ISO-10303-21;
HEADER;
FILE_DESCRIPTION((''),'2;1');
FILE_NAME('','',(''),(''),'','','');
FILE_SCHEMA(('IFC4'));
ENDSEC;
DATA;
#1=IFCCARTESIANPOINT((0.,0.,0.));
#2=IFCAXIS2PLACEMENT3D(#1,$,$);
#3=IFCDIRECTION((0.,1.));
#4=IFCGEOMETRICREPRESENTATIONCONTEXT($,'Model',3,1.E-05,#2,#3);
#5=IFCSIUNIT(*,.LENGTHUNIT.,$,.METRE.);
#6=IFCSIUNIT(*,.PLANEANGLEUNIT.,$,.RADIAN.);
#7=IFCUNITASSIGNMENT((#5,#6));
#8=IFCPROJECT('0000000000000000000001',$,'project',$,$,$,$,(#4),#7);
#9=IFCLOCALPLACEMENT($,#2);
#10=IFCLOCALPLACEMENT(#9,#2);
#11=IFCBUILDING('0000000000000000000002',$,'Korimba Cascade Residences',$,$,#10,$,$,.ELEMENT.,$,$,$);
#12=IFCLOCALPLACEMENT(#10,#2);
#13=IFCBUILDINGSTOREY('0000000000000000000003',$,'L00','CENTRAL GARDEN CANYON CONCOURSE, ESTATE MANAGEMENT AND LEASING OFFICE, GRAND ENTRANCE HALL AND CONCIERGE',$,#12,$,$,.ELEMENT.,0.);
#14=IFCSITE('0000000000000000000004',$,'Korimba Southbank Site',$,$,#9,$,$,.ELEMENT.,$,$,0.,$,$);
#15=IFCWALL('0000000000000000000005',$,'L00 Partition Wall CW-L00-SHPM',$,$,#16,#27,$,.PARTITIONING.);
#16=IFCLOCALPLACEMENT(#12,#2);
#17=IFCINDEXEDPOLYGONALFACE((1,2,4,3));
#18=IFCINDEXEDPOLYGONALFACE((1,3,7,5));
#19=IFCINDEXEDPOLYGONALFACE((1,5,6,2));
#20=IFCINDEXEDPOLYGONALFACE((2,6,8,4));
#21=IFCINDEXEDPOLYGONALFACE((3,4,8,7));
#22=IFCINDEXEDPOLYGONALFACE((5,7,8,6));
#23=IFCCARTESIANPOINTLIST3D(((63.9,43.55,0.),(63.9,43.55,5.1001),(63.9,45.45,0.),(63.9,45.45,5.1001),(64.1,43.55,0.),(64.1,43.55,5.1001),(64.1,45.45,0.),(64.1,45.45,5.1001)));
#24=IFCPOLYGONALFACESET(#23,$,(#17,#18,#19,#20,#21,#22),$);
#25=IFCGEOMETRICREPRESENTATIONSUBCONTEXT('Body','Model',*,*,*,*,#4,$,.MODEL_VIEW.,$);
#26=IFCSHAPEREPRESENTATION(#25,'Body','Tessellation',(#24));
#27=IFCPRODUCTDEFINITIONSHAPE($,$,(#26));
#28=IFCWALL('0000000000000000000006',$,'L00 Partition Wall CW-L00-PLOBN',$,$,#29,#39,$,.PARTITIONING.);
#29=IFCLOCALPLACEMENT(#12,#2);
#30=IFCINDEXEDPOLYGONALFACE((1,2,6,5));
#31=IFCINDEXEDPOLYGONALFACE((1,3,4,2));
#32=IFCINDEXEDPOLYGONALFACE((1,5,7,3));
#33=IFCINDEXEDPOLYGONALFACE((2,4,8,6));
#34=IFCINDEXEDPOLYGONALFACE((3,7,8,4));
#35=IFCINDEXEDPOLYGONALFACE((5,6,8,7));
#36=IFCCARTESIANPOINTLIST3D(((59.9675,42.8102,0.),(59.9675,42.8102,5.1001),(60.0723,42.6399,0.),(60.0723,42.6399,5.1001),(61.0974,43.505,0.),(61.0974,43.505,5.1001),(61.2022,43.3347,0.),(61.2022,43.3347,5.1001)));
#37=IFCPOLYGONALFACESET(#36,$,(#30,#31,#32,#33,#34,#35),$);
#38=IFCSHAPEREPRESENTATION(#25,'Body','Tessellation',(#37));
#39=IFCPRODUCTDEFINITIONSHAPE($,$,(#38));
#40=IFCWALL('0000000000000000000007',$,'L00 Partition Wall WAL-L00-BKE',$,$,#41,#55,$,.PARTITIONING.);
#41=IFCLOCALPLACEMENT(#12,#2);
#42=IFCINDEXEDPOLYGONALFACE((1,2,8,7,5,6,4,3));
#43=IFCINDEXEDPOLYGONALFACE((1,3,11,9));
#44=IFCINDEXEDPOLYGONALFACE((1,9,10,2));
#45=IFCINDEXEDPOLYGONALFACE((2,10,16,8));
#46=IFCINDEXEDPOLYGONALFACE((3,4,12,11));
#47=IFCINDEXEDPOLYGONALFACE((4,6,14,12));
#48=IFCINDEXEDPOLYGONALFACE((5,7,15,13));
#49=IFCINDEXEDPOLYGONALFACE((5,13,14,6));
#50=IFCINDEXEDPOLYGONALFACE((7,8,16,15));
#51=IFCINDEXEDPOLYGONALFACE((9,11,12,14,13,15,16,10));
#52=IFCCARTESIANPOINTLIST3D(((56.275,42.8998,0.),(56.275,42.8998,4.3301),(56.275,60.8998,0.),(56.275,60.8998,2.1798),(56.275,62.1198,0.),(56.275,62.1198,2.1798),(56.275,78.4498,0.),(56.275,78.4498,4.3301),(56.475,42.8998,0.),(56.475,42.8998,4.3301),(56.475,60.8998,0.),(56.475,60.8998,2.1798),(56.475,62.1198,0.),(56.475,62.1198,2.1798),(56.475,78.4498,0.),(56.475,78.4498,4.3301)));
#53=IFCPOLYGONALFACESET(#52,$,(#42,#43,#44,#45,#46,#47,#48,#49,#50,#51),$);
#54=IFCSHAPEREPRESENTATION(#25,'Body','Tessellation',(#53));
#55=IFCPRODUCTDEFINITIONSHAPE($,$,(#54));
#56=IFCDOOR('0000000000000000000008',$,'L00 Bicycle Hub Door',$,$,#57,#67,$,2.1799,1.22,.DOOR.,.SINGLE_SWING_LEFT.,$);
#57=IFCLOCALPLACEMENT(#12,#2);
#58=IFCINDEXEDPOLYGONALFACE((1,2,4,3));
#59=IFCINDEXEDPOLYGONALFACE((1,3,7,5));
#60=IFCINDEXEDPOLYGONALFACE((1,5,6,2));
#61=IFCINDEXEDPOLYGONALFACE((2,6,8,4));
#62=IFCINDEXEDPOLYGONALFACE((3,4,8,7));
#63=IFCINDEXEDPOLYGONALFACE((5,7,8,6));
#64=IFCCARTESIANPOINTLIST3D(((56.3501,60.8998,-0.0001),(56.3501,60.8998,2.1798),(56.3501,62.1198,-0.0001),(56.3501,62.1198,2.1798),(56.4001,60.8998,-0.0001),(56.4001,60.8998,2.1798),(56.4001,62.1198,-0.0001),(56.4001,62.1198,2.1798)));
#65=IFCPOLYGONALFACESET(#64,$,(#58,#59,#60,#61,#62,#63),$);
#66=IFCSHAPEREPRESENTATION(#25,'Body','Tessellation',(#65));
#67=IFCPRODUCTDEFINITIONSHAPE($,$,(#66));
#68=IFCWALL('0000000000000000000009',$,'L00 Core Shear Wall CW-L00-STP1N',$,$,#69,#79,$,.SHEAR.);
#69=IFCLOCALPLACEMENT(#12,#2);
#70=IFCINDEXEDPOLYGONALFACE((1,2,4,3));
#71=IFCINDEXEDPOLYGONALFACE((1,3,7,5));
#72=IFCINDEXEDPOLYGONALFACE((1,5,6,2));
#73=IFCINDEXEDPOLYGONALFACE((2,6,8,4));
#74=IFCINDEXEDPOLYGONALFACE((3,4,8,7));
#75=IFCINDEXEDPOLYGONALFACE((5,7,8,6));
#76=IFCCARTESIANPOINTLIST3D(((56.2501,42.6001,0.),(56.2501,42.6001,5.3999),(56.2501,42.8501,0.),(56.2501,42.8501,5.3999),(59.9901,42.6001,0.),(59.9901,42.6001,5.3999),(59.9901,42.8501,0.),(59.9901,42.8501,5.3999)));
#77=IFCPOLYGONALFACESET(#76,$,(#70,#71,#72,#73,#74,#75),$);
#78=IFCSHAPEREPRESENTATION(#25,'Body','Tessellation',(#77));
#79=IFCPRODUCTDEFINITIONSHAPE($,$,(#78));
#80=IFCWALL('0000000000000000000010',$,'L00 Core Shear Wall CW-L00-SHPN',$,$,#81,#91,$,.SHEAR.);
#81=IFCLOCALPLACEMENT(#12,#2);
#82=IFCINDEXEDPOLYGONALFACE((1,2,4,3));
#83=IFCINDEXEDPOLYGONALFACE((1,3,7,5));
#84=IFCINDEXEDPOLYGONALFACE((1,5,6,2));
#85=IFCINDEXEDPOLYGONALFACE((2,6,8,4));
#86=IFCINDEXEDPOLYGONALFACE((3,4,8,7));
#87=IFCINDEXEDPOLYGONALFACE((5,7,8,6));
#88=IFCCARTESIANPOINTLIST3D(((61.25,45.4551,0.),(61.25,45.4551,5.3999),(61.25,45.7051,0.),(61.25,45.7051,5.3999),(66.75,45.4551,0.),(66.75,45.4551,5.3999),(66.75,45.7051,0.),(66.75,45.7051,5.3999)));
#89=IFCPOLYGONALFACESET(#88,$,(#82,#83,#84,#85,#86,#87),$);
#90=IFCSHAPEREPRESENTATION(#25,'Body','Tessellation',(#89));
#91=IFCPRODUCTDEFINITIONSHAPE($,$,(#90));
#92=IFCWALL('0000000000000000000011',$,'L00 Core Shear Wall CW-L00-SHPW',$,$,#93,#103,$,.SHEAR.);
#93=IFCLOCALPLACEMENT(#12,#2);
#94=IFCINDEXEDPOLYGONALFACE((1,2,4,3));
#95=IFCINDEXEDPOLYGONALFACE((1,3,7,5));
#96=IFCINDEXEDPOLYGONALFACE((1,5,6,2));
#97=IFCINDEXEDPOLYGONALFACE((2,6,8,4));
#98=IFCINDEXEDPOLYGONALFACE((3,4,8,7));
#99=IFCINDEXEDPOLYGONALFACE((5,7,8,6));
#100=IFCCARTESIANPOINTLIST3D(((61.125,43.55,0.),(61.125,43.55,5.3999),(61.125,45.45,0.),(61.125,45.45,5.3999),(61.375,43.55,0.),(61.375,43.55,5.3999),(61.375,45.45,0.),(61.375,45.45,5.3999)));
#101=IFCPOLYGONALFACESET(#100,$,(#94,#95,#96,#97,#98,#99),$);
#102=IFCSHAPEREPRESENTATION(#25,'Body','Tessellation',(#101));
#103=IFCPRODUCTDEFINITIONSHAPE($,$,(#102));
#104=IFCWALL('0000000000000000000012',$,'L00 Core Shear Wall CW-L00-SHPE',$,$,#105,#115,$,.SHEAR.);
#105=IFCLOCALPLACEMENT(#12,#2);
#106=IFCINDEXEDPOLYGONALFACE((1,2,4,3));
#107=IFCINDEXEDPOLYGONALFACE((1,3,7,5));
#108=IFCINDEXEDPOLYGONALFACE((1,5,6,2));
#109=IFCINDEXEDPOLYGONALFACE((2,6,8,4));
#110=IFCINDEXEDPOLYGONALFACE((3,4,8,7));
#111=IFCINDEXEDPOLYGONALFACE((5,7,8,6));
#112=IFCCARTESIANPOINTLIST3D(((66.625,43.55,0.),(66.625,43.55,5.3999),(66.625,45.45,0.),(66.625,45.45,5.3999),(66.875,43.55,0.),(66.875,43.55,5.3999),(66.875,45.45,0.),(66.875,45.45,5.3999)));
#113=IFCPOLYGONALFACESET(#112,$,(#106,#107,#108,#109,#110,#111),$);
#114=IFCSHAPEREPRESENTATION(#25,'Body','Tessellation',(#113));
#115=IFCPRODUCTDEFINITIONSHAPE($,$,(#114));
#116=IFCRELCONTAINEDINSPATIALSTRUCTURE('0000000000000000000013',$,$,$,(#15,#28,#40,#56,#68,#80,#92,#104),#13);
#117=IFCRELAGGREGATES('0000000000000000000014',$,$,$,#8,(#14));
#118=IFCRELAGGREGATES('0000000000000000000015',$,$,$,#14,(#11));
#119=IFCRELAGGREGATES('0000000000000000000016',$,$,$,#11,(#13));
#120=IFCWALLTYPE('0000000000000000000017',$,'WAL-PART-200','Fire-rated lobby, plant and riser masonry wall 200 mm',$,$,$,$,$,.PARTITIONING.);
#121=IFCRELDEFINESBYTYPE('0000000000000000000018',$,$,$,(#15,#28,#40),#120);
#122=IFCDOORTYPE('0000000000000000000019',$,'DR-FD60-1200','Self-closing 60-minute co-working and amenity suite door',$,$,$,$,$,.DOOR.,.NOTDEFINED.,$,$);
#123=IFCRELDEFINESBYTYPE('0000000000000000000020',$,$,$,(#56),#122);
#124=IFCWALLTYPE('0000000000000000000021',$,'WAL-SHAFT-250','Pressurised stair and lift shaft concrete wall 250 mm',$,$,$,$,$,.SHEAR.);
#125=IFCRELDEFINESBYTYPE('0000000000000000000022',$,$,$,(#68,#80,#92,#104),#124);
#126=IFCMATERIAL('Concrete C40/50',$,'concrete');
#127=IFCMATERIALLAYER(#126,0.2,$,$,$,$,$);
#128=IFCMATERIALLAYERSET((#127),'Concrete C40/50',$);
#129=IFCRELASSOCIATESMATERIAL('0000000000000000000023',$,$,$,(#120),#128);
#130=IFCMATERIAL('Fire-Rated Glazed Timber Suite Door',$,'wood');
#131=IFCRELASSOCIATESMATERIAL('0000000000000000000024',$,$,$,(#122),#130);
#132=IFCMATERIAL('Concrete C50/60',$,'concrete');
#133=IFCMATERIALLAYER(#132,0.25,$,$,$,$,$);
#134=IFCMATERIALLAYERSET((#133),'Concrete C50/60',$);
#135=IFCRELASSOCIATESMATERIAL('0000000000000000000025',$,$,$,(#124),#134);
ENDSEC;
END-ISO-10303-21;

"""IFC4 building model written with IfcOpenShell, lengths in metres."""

from ifc_helpers import new_model, si_unit, direction, frame, frame_2d, origin, place, context, subcontext, project, spatial, rectangle, extrude, material, layer, layer_set, type_object, element, fill, save


model = new_model("IFC4")

# Units and contexts
model_context = context("Model", 3, precision=1e-05, world=origin(), true_north=direction((0.0, 1.0)))
body_context = subcontext(model_context, "Body", "Model", "MODEL_VIEW")
ifc_project = project(units=[si_unit("LENGTHUNIT", "METRE"), si_unit("PLANEANGLEUNIT", "RADIAN")], contexts=[model_context])

# Site, building, storey
site_placement = place(None, origin())
site = spatial("IfcSite", under=ifc_project, at=site_placement, Name="Korimba Southbank Site", CompositionType="ELEMENT", RefElevation=0.0)
building_placement = place(site_placement, origin())
building = spatial("IfcBuilding", under=site, at=building_placement, Name="Korimba Cascade Residences", CompositionType="ELEMENT")
storey_placement = place(building_placement, origin())
storey = spatial("IfcBuildingStorey", under=building, at=storey_placement, Name="L00", Description="CENTRAL GARDEN CANYON CONCOURSE, ESTATE MANAGEMENT AND LEASING OFFICE, GRAND ENTRANCE HALL AND CONCIERGE", CompositionType="ELEMENT", Elevation=0.0)

# Shared definitions
ifc_material_1 = material(Name="Concrete C50/60", Category="concrete")

# Walls
ifc_material_2 = material(Name="Concrete C40/50", Category="concrete")
ifc_layer_1 = layer(ifc_material_2, 0.2)
ifc_layer_set_1 = layer_set([ifc_layer_1], Name="Concrete C40/50")
wall_type_1 = type_object("IfcWallType", Name="WAL-PART-200", Description="Fire-rated lobby, plant and riser masonry wall 200 mm", PredefinedType="PARTITIONING", material=ifc_layer_set_1)
wall_1_placement = place(storey_placement, frame((64.0, 43.55, 0.0), z_axis=(0.0, 0.0, 1.0), x_axis=(0.0, 1.0, 0.0)))
element("IfcWall", 1, at=wall_1_placement, inside=storey, type_object=wall_type_1, Name="L00 Partition Wall CW-L00-SHPM", PredefinedType="PARTITIONING", context=body_context, shape_type="SweptSolid", body=[
    extrude(rectangle(XDim=1.8999, YDim=0.2, at=frame_2d((0.95, 0.0))), origin(), (0.0, 0.0, 1.0), 5.1001),
])
wall_2_placement = place(storey_placement, frame((60.02, 42.7251, 0.0), z_axis=(0.0, 0.0, 1.0), x_axis=(0.851823, 0.52383, 0.0)))
element("IfcWall", 2, at=wall_2_placement, inside=storey, type_object=wall_type_1, Name="L00 Partition Wall CW-L00-PLOBN", PredefinedType="PARTITIONING", context=body_context, shape_type="SweptSolid", body=[
    extrude(rectangle(XDim=1.3264, YDim=0.2, at=frame_2d((0.6631, 0.0))), origin(), (0.0, 0.0, 1.0), 5.1001),
])

# Wall, opening, door
wall_3_placement = place(storey_placement, frame((56.375, 42.8999, 0.0), z_axis=(0.0, 0.0, 1.0), x_axis=(0.0, 1.0, 0.0)))
wall_3 = element("IfcWall", 3, at=wall_3_placement, inside=storey, type_object=wall_type_1, Name="L00 Partition Wall WAL-L00-BKE", PredefinedType="PARTITIONING", context=body_context, shape_type="SweptSolid", body=[
    extrude(rectangle(XDim=35.55, YDim=0.2, at=frame_2d((17.7749, 0.0))), origin(), (0.0, 0.0, 1.0), 4.3301),
])
opening_1_placement = place(wall_3_placement, frame((18.0, 0.0, 0.0)))
opening_1 = element("IfcOpeningElement", 4, at=opening_1_placement, cuts=wall_3, PredefinedType="OPENING", context=body_context, shape_type="SweptSolid", body=[
    extrude(rectangle(XDim=1.22, YDim=2.1799, at=frame_2d((0.6099, 1.0898))), frame((0.0, 0.1099, 0.0), z_axis=(0.0, -1.0, 0.0), x_axis=(1.0, 0.0, 0.0)), (0.0, 0.0, 1.0), 0.22),
])
ifc_material_3 = material(Name="Fire-Rated Glazed Timber Suite Door", Category="wood")
door_type_1 = type_object("IfcDoorType", Name="DR-FD60-1200", Description="Self-closing 60-minute co-working and amenity suite door", OperationType="NOTDEFINED", PredefinedType="DOOR", material=ifc_material_3)
door_1_placement = place(opening_1_placement, origin())
door_1 = element("IfcDoor", 5, at=door_1_placement, inside=storey, type_object=door_type_1, Name="L00 Bicycle Hub Door", OperationType="SINGLE_SWING_LEFT", OverallHeight=2.1799, OverallWidth=1.22, PredefinedType="DOOR", context=body_context, shape_type="SweptSolid", body=[
    extrude(rectangle(XDim=1.22, YDim=2.1799, at=frame_2d((0.6099, 1.0898))), frame((0.0, 0.0249, 0.0), z_axis=(0.0, -1.0, 0.0), x_axis=(1.0, 0.0, 0.0)), (0.0, 0.0, 1.0), 0.05),
])
fill(opening_1, door_1)

# Wall
ifc_layer_2 = layer(ifc_material_1, 0.25)
ifc_layer_set_2 = layer_set([ifc_layer_2], Name="Concrete C50/60")
wall_type_2 = type_object("IfcWallType", Name="WAL-SHAFT-250", Description="Pressurised stair and lift shaft concrete wall 250 mm", PredefinedType="SHEAR", material=ifc_layer_set_2)
wall_4_placement = place(storey_placement, frame((56.25, 42.7251, 0.0), z_axis=(0.0, 0.0, 1.0), x_axis=(1.0, 0.0, 0.0)))
element("IfcWall", 6, at=wall_4_placement, inside=storey, type_object=wall_type_2, Name="L00 Core Shear Wall CW-L00-STP1N", PredefinedType="SHEAR", context=body_context, shape_type="SweptSolid", body=[
    extrude(rectangle(XDim=3.74, YDim=0.25, at=frame_2d((1.8701, 0.0))), origin(), (0.0, 0.0, 1.0), 5.3999),
])

# Walls
wall_5_placement = place(storey_placement, frame((61.25, 45.5801, 0.0), z_axis=(0.0, 0.0, 1.0), x_axis=(1.0, 0.0, 0.0)))
element("IfcWall", 7, at=wall_5_placement, inside=storey, type_object=wall_type_2, Name="L00 Core Shear Wall CW-L00-SHPN", PredefinedType="SHEAR", context=body_context, shape_type="SweptSolid", body=[
    extrude(rectangle(XDim=5.5, YDim=0.25, at=frame_2d((2.75, 0.0))), origin(), (0.0, 0.0, 1.0), 5.3999),
])
for number, where, z_axis, x_axis, name in (
    (8, (61.25, 43.55, 0.0), (0.0, 0.0, 1.0), (0.0, 1.0, 0.0), "L00 Core Shear Wall CW-L00-SHPW"),
    (9, (66.75, 43.55, 0.0), (0.0, 0.0, 1.0), (0.0, 1.0, 0.0), "L00 Core Shear Wall CW-L00-SHPE"),
):
    element("IfcWall", number, at=place(storey_placement, frame(where, z_axis=z_axis, x_axis=x_axis)), inside=storey, type_object=wall_type_2, Name=name, PredefinedType="SHEAR", context=body_context, shape_type="SweptSolid", body=[
        extrude(rectangle(XDim=1.8999, YDim=0.25, at=frame_2d((0.95, 0.0))), origin(), (0.0, 0.0, 1.0), 5.3999),
    ])

save(model, "model.ifc")
